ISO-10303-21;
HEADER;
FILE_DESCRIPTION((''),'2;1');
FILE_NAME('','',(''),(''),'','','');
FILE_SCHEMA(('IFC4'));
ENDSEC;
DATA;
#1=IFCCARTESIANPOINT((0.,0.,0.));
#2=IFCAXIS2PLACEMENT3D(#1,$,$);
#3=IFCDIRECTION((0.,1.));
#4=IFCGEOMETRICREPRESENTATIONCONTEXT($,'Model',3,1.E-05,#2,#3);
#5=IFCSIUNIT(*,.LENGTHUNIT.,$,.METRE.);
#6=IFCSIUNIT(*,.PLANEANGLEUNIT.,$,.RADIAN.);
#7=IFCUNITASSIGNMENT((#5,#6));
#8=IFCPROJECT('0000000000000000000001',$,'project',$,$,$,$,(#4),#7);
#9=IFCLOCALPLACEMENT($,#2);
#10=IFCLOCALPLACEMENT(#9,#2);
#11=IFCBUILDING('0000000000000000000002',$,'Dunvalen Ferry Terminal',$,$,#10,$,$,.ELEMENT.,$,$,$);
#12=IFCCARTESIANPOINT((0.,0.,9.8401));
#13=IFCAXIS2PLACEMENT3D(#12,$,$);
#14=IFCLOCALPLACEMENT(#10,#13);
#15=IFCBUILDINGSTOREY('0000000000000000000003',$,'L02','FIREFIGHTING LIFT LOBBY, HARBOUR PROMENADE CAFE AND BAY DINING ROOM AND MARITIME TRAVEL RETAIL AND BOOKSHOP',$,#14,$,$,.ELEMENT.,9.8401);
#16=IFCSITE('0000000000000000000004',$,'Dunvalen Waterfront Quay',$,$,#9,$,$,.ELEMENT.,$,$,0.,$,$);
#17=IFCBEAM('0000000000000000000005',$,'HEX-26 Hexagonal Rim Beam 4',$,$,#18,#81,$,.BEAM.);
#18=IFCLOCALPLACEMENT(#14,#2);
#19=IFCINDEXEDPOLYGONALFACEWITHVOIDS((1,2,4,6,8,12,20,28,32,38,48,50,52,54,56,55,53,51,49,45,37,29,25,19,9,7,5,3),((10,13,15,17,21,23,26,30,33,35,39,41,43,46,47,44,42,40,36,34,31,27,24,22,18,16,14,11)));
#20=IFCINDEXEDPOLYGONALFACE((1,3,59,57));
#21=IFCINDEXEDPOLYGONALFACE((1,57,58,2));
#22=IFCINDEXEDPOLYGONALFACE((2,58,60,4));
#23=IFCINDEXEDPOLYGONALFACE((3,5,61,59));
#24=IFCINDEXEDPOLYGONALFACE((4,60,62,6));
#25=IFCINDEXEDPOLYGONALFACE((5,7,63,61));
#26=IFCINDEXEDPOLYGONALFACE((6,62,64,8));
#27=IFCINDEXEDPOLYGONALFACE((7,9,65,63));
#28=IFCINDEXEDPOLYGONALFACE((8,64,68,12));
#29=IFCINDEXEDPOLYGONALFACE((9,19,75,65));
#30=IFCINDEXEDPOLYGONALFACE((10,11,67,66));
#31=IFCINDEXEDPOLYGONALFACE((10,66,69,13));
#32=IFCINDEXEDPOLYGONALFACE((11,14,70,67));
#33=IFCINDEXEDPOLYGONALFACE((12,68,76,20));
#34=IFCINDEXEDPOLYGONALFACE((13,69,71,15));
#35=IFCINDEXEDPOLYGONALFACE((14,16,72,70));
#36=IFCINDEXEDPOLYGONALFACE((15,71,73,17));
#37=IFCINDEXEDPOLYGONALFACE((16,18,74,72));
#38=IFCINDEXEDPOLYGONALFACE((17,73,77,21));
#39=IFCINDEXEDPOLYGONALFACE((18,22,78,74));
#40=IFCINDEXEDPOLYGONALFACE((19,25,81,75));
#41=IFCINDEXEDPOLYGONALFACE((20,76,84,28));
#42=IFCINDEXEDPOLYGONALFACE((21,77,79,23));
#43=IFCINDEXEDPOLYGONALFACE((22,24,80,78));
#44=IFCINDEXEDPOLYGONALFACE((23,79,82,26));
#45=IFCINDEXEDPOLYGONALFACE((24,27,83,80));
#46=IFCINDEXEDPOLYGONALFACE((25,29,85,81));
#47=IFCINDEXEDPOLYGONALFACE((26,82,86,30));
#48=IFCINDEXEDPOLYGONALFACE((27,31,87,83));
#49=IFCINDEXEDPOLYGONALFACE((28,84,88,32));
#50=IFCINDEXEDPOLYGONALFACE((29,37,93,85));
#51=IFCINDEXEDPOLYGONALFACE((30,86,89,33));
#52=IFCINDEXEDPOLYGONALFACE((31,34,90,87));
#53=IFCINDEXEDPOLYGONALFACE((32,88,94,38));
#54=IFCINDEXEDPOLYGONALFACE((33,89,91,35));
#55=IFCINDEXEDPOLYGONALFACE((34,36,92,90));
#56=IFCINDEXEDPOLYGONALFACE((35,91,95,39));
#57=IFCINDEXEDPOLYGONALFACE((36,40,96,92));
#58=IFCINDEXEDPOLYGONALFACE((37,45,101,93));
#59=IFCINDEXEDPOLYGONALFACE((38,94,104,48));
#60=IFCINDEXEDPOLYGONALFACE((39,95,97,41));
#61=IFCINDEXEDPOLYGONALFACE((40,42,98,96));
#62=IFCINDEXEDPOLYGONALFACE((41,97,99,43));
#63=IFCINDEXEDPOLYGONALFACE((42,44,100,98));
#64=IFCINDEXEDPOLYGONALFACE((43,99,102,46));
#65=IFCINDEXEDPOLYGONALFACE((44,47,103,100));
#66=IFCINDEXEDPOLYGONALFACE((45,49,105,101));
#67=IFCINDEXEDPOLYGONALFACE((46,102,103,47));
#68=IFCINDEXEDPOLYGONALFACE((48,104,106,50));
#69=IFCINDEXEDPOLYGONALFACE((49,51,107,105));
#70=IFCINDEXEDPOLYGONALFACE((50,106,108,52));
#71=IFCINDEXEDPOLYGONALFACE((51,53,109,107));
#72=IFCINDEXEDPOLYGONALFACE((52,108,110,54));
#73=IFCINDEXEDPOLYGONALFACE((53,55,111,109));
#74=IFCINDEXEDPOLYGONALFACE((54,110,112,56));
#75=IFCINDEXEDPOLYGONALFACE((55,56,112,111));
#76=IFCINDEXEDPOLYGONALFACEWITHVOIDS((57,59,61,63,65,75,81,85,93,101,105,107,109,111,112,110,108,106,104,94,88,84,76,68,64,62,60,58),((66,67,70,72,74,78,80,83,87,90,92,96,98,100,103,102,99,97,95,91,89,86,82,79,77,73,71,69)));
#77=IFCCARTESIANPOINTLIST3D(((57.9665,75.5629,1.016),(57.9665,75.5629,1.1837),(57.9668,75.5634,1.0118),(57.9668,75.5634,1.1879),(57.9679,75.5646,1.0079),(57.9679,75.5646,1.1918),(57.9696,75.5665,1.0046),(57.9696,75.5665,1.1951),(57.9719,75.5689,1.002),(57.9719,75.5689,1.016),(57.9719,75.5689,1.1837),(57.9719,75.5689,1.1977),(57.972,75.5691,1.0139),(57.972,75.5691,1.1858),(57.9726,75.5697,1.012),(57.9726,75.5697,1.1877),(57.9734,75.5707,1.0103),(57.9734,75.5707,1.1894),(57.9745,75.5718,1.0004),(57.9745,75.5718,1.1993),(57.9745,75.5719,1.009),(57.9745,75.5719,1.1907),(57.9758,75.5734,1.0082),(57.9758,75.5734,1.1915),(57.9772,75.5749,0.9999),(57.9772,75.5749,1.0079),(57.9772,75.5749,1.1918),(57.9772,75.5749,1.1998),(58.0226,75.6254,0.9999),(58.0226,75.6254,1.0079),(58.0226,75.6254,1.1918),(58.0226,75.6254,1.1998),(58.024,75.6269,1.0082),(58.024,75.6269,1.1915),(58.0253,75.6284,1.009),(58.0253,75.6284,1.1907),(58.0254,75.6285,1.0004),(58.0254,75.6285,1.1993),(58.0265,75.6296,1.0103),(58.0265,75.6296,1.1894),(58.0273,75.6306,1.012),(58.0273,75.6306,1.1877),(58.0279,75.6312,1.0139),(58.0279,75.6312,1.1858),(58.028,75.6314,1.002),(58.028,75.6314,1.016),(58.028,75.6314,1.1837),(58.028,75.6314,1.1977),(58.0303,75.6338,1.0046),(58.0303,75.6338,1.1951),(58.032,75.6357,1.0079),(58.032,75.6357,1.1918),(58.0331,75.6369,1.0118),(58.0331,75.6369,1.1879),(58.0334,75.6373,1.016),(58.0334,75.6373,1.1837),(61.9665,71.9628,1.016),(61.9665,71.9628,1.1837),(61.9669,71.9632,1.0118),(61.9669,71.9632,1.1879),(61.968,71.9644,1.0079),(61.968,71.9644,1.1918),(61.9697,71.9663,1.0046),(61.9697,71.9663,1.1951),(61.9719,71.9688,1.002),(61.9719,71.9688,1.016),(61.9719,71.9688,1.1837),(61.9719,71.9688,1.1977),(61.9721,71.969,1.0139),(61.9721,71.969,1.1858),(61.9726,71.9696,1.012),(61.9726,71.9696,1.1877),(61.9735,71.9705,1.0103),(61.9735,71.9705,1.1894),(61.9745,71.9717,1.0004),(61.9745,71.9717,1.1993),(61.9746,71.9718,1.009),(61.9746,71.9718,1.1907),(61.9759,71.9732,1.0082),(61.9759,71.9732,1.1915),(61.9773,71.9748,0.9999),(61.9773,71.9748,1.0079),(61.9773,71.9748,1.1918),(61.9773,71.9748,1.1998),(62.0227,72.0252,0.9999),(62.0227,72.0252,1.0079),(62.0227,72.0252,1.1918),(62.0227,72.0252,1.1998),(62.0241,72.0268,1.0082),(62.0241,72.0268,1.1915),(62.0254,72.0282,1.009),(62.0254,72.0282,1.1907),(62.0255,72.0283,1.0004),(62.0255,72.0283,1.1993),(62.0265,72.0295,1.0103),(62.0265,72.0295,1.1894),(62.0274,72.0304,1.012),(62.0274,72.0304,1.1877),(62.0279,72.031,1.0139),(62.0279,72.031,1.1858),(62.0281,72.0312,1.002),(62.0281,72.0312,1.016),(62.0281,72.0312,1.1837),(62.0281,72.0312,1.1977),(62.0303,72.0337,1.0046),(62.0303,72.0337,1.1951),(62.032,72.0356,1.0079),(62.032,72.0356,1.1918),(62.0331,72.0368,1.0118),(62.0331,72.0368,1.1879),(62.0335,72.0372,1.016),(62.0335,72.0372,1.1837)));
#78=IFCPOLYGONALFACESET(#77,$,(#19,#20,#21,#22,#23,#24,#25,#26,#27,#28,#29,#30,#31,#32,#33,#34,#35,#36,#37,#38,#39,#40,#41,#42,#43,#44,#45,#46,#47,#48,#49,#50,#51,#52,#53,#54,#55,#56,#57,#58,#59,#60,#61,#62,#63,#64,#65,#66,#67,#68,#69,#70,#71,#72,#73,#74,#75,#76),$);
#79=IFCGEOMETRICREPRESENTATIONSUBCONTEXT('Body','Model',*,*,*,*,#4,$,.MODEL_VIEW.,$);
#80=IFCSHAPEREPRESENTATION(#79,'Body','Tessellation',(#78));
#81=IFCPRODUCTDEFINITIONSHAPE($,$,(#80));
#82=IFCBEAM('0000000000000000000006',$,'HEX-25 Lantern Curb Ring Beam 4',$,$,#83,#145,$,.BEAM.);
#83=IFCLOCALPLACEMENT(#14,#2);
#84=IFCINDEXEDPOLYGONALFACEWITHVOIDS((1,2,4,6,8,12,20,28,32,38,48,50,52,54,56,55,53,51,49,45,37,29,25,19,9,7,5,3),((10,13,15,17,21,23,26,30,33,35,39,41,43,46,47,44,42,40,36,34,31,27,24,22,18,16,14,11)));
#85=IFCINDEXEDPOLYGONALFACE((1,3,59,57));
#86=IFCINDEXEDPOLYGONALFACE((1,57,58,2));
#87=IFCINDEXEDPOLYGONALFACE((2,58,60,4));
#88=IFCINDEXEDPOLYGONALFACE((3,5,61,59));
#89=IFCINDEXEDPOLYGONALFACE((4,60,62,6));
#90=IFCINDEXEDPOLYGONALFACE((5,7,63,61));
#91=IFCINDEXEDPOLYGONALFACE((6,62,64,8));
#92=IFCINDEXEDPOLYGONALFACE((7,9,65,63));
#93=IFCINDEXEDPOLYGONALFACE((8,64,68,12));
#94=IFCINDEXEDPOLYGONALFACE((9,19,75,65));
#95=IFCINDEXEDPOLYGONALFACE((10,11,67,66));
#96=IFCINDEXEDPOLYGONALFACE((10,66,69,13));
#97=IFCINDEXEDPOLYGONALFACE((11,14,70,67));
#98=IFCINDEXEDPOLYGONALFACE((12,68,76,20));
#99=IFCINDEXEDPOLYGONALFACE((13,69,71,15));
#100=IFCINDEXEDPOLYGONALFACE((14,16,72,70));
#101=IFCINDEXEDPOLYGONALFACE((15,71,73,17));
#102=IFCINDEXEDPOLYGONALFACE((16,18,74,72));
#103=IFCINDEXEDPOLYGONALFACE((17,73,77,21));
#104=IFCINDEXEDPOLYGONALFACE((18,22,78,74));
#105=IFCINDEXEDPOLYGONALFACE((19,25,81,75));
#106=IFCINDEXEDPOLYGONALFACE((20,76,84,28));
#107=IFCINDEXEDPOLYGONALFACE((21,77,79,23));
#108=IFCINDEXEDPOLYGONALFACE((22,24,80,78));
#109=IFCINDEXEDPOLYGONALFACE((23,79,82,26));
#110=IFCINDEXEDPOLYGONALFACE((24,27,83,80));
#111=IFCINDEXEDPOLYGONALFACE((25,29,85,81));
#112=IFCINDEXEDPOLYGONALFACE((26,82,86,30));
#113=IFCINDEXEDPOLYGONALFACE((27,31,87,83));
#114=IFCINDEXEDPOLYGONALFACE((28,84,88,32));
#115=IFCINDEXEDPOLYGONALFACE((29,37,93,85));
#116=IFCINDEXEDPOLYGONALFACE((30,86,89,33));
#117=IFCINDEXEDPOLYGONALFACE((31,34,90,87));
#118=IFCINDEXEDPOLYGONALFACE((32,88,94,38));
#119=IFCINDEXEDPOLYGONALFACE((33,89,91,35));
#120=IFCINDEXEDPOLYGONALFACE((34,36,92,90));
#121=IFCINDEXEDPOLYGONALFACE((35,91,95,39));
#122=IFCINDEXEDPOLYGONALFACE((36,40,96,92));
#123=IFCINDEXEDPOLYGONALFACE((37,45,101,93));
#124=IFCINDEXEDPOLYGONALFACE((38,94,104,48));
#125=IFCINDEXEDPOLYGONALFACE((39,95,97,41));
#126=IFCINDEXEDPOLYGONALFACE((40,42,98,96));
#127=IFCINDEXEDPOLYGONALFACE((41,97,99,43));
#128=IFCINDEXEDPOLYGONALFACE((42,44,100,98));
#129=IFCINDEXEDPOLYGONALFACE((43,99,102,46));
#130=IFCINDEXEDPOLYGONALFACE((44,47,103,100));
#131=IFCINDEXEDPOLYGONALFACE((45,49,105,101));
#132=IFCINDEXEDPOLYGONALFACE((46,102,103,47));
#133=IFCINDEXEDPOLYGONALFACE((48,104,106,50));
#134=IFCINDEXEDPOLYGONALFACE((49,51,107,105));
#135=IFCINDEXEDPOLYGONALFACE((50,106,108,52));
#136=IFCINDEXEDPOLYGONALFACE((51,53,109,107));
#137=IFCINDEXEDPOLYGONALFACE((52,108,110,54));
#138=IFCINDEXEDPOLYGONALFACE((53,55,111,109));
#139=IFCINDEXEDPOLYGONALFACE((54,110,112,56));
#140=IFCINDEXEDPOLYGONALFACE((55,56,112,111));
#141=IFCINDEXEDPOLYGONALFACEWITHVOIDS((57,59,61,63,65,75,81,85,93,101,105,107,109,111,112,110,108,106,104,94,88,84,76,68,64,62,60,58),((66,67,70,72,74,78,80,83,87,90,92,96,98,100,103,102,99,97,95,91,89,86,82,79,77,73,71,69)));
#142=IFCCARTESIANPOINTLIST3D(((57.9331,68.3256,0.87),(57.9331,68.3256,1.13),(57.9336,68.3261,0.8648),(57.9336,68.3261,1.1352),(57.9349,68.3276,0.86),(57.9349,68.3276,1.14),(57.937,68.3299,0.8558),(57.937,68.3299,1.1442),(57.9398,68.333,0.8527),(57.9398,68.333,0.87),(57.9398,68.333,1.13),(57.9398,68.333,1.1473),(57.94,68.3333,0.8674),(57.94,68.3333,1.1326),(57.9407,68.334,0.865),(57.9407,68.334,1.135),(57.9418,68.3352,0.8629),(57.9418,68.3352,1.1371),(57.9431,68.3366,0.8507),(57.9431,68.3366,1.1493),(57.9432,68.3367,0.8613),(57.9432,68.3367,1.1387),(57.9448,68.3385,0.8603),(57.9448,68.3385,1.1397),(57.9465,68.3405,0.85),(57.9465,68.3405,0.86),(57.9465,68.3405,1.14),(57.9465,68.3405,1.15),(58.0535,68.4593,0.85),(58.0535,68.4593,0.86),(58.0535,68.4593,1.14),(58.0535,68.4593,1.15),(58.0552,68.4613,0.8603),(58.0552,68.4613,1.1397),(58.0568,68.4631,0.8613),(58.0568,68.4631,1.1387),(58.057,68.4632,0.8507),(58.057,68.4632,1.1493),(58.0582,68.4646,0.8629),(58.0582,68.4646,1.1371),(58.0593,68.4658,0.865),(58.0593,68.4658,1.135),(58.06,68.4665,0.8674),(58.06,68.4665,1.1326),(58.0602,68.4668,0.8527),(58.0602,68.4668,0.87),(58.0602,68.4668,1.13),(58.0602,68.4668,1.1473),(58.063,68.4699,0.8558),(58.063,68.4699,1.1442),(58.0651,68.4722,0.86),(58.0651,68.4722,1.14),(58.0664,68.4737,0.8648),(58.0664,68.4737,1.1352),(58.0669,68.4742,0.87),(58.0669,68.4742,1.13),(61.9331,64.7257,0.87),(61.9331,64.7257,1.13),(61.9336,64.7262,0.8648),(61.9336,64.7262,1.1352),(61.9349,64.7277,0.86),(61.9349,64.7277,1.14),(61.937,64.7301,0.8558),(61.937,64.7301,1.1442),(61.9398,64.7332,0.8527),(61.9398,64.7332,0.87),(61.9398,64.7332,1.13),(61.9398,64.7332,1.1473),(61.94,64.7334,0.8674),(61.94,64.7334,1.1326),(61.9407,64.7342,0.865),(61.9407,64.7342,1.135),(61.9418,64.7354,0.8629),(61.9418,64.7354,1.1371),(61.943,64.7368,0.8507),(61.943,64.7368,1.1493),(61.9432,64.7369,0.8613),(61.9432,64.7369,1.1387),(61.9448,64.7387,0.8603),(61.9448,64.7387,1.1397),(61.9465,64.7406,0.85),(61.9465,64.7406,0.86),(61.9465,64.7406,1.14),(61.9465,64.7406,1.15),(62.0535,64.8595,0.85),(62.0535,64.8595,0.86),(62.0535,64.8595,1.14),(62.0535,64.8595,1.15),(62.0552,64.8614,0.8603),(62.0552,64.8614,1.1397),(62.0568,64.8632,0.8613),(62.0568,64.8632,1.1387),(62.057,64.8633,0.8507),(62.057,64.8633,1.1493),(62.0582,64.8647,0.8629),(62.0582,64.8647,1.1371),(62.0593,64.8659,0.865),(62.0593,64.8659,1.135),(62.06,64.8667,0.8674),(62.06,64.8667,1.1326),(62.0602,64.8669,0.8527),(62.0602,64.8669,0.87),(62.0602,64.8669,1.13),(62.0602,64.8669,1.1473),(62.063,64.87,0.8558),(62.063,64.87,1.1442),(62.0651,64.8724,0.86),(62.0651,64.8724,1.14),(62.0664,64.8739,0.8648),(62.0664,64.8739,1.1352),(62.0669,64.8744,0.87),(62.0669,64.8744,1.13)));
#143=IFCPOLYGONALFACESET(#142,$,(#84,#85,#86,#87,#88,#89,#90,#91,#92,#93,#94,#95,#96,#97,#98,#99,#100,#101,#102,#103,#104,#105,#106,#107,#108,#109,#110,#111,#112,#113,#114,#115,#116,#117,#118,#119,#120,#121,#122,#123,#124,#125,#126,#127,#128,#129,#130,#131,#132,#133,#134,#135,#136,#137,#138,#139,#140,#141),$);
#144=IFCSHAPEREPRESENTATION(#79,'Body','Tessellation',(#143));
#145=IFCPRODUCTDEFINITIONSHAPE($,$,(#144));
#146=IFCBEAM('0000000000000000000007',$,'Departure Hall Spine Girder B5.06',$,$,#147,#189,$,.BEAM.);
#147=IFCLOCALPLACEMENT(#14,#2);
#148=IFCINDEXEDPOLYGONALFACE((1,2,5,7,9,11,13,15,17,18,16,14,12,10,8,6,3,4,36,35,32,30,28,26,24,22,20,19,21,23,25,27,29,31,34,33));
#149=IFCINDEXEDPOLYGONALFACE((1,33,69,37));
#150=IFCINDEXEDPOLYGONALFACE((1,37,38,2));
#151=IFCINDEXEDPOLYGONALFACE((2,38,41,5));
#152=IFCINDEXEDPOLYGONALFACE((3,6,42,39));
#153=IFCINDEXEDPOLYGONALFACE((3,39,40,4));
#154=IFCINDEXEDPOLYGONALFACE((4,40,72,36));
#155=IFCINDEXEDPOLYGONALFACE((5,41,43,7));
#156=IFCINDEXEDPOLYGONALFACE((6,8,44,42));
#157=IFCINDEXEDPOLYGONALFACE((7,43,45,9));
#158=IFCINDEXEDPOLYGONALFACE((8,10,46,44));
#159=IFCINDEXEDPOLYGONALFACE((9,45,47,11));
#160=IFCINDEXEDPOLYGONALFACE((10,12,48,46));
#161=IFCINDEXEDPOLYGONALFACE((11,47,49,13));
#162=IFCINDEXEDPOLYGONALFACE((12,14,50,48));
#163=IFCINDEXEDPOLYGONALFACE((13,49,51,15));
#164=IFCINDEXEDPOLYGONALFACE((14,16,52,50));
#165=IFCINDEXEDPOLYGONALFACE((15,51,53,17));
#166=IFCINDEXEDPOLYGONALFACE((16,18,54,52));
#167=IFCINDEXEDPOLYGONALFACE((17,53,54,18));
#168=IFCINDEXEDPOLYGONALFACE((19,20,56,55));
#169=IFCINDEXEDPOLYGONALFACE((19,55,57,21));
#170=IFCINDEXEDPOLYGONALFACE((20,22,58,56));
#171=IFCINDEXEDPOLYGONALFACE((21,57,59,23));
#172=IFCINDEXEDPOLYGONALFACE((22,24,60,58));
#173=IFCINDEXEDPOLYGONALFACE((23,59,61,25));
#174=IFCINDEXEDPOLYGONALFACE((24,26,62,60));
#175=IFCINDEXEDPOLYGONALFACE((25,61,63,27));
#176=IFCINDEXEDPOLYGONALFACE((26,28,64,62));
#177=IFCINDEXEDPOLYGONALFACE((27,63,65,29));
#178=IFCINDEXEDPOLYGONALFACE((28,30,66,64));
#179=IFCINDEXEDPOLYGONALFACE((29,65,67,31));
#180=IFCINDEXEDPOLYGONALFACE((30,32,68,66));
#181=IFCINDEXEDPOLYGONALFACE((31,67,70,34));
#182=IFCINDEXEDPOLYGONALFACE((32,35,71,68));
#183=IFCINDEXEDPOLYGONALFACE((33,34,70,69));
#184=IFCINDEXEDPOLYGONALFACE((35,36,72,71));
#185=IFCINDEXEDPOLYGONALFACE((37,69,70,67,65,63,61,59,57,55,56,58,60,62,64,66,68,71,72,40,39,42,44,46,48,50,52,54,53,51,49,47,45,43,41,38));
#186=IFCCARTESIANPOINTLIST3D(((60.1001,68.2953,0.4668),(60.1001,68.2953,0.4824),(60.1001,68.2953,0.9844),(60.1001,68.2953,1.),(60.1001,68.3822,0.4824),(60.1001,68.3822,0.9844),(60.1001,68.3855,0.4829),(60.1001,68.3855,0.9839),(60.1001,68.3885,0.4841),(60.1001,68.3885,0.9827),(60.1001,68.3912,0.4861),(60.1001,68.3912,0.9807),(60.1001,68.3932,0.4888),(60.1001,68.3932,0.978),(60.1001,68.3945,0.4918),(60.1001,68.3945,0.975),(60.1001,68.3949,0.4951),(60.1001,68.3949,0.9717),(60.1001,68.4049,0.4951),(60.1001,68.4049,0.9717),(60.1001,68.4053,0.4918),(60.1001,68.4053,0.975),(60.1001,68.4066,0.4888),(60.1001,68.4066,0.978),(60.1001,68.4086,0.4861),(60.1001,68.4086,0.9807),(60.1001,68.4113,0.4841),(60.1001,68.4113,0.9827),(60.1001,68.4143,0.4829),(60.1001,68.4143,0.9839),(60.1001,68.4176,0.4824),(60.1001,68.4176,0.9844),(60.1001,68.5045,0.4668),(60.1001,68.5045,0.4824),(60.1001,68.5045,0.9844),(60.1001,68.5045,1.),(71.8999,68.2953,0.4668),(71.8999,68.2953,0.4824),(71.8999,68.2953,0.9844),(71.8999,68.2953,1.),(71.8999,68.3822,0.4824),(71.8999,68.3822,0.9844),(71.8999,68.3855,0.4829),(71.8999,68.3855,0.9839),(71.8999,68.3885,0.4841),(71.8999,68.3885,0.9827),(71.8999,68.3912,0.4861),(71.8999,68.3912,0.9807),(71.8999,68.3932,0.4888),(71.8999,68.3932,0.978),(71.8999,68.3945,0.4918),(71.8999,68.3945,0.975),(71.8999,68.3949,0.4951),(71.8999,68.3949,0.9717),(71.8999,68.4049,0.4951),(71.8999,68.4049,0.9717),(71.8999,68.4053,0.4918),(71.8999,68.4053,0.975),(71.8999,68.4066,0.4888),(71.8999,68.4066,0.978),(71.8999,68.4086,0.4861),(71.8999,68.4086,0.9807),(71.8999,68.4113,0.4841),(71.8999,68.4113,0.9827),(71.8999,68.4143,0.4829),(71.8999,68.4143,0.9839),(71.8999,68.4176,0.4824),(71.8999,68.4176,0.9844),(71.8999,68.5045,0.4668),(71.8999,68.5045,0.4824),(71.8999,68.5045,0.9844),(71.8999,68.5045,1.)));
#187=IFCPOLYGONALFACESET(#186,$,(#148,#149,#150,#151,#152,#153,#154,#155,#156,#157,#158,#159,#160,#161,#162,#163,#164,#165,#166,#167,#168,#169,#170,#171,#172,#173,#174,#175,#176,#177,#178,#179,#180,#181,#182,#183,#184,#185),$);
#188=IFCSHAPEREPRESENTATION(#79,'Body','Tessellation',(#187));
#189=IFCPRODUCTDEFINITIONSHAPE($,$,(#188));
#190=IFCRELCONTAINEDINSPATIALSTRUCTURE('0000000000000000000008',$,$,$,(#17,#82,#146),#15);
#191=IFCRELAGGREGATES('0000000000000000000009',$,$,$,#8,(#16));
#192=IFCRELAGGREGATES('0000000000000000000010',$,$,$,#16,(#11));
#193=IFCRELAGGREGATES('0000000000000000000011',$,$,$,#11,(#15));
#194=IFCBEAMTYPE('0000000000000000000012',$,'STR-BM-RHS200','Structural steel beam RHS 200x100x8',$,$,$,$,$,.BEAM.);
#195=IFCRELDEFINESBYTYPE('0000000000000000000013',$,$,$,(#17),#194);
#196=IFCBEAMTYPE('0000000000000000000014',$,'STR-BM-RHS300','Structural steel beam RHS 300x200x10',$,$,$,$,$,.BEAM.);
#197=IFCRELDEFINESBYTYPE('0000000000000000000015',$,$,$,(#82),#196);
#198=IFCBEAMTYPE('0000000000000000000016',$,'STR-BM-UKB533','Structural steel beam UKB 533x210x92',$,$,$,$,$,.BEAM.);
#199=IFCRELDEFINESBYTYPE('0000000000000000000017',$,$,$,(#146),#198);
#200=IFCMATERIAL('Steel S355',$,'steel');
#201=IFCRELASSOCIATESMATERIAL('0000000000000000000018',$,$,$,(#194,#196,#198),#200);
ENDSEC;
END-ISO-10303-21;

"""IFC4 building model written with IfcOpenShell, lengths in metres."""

from ifc_helpers import new_model, si_unit, direction, frame, origin, origin_2d, place, context, subcontext, project, spatial, hollow_rectangle, i_section, extrude, material, material_profile, profile_set, type_object, element, save


model = new_model("IFC4")

# Units and contexts
model_context = context("Model", 3, precision=1e-05, world=origin(), true_north=direction((0.0, 1.0)))
body_context = subcontext(model_context, "Body", "Model", "MODEL_VIEW")
ifc_project = project(units=[si_unit("LENGTHUNIT", "METRE"), si_unit("PLANEANGLEUNIT", "RADIAN")], contexts=[model_context])

# Site, building, storey
site_placement = place(None, origin())
site = spatial("IfcSite", under=ifc_project, at=site_placement, Name="Dunvalen Waterfront Quay", CompositionType="ELEMENT", RefElevation=0.0)
building_placement = place(site_placement, origin())
building = spatial("IfcBuilding", under=site, at=building_placement, Name="Dunvalen Ferry Terminal", CompositionType="ELEMENT")
storey_placement = place(building_placement, frame((0.0, 0.0, 9.8401)))
storey = spatial("IfcBuildingStorey", under=building, at=storey_placement, Name="L02", Description="FIREFIGHTING LIFT LOBBY, HARBOUR PROMENADE CAFE AND BAY DINING ROOM AND MARITIME TRAVEL RETAIL AND BOOKSHOP", CompositionType="ELEMENT", Elevation=9.8401)

# Beams
ifc_material_1 = material(Name="Steel S355", Category="steel")
ifc_material_profile_1 = material_profile(ifc_material_1, hollow_rectangle(XDim=0.1001, YDim=0.2, WallThickness=0.0081, InnerFilletRadius=0.0081, OuterFilletRadius=0.0161, at=origin_2d()), Name="Steel S355")
ifc_profile_set_1 = profile_set([ifc_material_profile_1], Name="Steel S355")
beam_type_1 = type_object("IfcBeamType", Name="STR-BM-RHS200", Description="Structural steel beam RHS 200x100x8", PredefinedType="BEAM", material=ifc_profile_set_1)
beam_1_placement = place(storey_placement, frame((62.0, 72.0, 1.0999), z_axis=(-0.743285, 0.668975, 0.0), x_axis=(-0.668975, -0.743285, 0.0)))
element("IfcBeam", 1, at=beam_1_placement, inside=storey, type_object=beam_type_1, Name="HEX-26 Hexagonal Rim Beam 4", PredefinedType="BEAM", context=body_context, shape_type="SweptSolid", body=[
    extrude(hollow_rectangle(XDim=0.1001, YDim=0.2, WallThickness=0.0081, InnerFilletRadius=0.0081, OuterFilletRadius=0.0161, at=origin_2d()), origin(), (0.0, 0.0, 1.0), 5.3816),
])
ifc_material_profile_2 = material_profile(ifc_material_1, hollow_rectangle(XDim=0.2, YDim=0.3, WallThickness=0.01, InnerFilletRadius=0.01, OuterFilletRadius=0.02, at=origin_2d()), Name="Steel S355")
ifc_profile_set_2 = profile_set([ifc_material_profile_2], Name="Steel S355")
beam_type_2 = type_object("IfcBeamType", Name="STR-BM-RHS300", Description="Structural steel beam RHS 300x200x10", PredefinedType="BEAM", material=ifc_profile_set_2)
beam_2_placement = place(storey_placement, frame((62.0, 64.8, 1.0), z_axis=(-0.743308, 0.66895, 0.0), x_axis=(-0.66895, -0.743308, 0.0)))
element("IfcBeam", 2, at=beam_2_placement, inside=storey, type_object=beam_type_2, Name="HEX-25 Lantern Curb Ring Beam 4", PredefinedType="BEAM", context=body_context, shape_type="SweptSolid", body=[
    extrude(hollow_rectangle(XDim=0.2, YDim=0.3, WallThickness=0.01, InnerFilletRadius=0.01, OuterFilletRadius=0.02, at=origin_2d()), origin(), (0.0, 0.0, 1.0), 5.3813),
])
ifc_material_profile_3 = material_profile(ifc_material_1, i_section(OverallWidth=0.2092, OverallDepth=0.5332, WebThickness=0.01, FlangeThickness=0.0156, FilletRadius=0.0127, at=origin_2d()), Name="Steel S355")
ifc_profile_set_3 = profile_set([ifc_material_profile_3], Name="Steel S355")
beam_type_3 = type_object("IfcBeamType", Name="STR-BM-UKB533", Description="Structural steel beam UKB 533x210x92", PredefinedType="BEAM", material=ifc_profile_set_3)
for number, where, z_axis, x_axis, name in (
    (3, (60.1001, 68.3999, 0.7334), (1.0, 0.0, 0.0), (0.0, 1.0, 0.0), "Departure Hall Spine Girder B5.06"),
):
    element("IfcBeam", number, at=place(storey_placement, frame(where, z_axis=z_axis, x_axis=x_axis)), inside=storey, type_object=beam_type_3, Name=name, PredefinedType="BEAM", context=body_context, shape_type="SweptSolid", body=[
        extrude(i_section(OverallWidth=0.2092, OverallDepth=0.5332, WebThickness=0.01, FlangeThickness=0.0156, FilletRadius=0.0127, at=origin_2d()), origin(), (0.0, 0.0, 1.0), 11.7998),
    ])

save(model, "model.ifc")
